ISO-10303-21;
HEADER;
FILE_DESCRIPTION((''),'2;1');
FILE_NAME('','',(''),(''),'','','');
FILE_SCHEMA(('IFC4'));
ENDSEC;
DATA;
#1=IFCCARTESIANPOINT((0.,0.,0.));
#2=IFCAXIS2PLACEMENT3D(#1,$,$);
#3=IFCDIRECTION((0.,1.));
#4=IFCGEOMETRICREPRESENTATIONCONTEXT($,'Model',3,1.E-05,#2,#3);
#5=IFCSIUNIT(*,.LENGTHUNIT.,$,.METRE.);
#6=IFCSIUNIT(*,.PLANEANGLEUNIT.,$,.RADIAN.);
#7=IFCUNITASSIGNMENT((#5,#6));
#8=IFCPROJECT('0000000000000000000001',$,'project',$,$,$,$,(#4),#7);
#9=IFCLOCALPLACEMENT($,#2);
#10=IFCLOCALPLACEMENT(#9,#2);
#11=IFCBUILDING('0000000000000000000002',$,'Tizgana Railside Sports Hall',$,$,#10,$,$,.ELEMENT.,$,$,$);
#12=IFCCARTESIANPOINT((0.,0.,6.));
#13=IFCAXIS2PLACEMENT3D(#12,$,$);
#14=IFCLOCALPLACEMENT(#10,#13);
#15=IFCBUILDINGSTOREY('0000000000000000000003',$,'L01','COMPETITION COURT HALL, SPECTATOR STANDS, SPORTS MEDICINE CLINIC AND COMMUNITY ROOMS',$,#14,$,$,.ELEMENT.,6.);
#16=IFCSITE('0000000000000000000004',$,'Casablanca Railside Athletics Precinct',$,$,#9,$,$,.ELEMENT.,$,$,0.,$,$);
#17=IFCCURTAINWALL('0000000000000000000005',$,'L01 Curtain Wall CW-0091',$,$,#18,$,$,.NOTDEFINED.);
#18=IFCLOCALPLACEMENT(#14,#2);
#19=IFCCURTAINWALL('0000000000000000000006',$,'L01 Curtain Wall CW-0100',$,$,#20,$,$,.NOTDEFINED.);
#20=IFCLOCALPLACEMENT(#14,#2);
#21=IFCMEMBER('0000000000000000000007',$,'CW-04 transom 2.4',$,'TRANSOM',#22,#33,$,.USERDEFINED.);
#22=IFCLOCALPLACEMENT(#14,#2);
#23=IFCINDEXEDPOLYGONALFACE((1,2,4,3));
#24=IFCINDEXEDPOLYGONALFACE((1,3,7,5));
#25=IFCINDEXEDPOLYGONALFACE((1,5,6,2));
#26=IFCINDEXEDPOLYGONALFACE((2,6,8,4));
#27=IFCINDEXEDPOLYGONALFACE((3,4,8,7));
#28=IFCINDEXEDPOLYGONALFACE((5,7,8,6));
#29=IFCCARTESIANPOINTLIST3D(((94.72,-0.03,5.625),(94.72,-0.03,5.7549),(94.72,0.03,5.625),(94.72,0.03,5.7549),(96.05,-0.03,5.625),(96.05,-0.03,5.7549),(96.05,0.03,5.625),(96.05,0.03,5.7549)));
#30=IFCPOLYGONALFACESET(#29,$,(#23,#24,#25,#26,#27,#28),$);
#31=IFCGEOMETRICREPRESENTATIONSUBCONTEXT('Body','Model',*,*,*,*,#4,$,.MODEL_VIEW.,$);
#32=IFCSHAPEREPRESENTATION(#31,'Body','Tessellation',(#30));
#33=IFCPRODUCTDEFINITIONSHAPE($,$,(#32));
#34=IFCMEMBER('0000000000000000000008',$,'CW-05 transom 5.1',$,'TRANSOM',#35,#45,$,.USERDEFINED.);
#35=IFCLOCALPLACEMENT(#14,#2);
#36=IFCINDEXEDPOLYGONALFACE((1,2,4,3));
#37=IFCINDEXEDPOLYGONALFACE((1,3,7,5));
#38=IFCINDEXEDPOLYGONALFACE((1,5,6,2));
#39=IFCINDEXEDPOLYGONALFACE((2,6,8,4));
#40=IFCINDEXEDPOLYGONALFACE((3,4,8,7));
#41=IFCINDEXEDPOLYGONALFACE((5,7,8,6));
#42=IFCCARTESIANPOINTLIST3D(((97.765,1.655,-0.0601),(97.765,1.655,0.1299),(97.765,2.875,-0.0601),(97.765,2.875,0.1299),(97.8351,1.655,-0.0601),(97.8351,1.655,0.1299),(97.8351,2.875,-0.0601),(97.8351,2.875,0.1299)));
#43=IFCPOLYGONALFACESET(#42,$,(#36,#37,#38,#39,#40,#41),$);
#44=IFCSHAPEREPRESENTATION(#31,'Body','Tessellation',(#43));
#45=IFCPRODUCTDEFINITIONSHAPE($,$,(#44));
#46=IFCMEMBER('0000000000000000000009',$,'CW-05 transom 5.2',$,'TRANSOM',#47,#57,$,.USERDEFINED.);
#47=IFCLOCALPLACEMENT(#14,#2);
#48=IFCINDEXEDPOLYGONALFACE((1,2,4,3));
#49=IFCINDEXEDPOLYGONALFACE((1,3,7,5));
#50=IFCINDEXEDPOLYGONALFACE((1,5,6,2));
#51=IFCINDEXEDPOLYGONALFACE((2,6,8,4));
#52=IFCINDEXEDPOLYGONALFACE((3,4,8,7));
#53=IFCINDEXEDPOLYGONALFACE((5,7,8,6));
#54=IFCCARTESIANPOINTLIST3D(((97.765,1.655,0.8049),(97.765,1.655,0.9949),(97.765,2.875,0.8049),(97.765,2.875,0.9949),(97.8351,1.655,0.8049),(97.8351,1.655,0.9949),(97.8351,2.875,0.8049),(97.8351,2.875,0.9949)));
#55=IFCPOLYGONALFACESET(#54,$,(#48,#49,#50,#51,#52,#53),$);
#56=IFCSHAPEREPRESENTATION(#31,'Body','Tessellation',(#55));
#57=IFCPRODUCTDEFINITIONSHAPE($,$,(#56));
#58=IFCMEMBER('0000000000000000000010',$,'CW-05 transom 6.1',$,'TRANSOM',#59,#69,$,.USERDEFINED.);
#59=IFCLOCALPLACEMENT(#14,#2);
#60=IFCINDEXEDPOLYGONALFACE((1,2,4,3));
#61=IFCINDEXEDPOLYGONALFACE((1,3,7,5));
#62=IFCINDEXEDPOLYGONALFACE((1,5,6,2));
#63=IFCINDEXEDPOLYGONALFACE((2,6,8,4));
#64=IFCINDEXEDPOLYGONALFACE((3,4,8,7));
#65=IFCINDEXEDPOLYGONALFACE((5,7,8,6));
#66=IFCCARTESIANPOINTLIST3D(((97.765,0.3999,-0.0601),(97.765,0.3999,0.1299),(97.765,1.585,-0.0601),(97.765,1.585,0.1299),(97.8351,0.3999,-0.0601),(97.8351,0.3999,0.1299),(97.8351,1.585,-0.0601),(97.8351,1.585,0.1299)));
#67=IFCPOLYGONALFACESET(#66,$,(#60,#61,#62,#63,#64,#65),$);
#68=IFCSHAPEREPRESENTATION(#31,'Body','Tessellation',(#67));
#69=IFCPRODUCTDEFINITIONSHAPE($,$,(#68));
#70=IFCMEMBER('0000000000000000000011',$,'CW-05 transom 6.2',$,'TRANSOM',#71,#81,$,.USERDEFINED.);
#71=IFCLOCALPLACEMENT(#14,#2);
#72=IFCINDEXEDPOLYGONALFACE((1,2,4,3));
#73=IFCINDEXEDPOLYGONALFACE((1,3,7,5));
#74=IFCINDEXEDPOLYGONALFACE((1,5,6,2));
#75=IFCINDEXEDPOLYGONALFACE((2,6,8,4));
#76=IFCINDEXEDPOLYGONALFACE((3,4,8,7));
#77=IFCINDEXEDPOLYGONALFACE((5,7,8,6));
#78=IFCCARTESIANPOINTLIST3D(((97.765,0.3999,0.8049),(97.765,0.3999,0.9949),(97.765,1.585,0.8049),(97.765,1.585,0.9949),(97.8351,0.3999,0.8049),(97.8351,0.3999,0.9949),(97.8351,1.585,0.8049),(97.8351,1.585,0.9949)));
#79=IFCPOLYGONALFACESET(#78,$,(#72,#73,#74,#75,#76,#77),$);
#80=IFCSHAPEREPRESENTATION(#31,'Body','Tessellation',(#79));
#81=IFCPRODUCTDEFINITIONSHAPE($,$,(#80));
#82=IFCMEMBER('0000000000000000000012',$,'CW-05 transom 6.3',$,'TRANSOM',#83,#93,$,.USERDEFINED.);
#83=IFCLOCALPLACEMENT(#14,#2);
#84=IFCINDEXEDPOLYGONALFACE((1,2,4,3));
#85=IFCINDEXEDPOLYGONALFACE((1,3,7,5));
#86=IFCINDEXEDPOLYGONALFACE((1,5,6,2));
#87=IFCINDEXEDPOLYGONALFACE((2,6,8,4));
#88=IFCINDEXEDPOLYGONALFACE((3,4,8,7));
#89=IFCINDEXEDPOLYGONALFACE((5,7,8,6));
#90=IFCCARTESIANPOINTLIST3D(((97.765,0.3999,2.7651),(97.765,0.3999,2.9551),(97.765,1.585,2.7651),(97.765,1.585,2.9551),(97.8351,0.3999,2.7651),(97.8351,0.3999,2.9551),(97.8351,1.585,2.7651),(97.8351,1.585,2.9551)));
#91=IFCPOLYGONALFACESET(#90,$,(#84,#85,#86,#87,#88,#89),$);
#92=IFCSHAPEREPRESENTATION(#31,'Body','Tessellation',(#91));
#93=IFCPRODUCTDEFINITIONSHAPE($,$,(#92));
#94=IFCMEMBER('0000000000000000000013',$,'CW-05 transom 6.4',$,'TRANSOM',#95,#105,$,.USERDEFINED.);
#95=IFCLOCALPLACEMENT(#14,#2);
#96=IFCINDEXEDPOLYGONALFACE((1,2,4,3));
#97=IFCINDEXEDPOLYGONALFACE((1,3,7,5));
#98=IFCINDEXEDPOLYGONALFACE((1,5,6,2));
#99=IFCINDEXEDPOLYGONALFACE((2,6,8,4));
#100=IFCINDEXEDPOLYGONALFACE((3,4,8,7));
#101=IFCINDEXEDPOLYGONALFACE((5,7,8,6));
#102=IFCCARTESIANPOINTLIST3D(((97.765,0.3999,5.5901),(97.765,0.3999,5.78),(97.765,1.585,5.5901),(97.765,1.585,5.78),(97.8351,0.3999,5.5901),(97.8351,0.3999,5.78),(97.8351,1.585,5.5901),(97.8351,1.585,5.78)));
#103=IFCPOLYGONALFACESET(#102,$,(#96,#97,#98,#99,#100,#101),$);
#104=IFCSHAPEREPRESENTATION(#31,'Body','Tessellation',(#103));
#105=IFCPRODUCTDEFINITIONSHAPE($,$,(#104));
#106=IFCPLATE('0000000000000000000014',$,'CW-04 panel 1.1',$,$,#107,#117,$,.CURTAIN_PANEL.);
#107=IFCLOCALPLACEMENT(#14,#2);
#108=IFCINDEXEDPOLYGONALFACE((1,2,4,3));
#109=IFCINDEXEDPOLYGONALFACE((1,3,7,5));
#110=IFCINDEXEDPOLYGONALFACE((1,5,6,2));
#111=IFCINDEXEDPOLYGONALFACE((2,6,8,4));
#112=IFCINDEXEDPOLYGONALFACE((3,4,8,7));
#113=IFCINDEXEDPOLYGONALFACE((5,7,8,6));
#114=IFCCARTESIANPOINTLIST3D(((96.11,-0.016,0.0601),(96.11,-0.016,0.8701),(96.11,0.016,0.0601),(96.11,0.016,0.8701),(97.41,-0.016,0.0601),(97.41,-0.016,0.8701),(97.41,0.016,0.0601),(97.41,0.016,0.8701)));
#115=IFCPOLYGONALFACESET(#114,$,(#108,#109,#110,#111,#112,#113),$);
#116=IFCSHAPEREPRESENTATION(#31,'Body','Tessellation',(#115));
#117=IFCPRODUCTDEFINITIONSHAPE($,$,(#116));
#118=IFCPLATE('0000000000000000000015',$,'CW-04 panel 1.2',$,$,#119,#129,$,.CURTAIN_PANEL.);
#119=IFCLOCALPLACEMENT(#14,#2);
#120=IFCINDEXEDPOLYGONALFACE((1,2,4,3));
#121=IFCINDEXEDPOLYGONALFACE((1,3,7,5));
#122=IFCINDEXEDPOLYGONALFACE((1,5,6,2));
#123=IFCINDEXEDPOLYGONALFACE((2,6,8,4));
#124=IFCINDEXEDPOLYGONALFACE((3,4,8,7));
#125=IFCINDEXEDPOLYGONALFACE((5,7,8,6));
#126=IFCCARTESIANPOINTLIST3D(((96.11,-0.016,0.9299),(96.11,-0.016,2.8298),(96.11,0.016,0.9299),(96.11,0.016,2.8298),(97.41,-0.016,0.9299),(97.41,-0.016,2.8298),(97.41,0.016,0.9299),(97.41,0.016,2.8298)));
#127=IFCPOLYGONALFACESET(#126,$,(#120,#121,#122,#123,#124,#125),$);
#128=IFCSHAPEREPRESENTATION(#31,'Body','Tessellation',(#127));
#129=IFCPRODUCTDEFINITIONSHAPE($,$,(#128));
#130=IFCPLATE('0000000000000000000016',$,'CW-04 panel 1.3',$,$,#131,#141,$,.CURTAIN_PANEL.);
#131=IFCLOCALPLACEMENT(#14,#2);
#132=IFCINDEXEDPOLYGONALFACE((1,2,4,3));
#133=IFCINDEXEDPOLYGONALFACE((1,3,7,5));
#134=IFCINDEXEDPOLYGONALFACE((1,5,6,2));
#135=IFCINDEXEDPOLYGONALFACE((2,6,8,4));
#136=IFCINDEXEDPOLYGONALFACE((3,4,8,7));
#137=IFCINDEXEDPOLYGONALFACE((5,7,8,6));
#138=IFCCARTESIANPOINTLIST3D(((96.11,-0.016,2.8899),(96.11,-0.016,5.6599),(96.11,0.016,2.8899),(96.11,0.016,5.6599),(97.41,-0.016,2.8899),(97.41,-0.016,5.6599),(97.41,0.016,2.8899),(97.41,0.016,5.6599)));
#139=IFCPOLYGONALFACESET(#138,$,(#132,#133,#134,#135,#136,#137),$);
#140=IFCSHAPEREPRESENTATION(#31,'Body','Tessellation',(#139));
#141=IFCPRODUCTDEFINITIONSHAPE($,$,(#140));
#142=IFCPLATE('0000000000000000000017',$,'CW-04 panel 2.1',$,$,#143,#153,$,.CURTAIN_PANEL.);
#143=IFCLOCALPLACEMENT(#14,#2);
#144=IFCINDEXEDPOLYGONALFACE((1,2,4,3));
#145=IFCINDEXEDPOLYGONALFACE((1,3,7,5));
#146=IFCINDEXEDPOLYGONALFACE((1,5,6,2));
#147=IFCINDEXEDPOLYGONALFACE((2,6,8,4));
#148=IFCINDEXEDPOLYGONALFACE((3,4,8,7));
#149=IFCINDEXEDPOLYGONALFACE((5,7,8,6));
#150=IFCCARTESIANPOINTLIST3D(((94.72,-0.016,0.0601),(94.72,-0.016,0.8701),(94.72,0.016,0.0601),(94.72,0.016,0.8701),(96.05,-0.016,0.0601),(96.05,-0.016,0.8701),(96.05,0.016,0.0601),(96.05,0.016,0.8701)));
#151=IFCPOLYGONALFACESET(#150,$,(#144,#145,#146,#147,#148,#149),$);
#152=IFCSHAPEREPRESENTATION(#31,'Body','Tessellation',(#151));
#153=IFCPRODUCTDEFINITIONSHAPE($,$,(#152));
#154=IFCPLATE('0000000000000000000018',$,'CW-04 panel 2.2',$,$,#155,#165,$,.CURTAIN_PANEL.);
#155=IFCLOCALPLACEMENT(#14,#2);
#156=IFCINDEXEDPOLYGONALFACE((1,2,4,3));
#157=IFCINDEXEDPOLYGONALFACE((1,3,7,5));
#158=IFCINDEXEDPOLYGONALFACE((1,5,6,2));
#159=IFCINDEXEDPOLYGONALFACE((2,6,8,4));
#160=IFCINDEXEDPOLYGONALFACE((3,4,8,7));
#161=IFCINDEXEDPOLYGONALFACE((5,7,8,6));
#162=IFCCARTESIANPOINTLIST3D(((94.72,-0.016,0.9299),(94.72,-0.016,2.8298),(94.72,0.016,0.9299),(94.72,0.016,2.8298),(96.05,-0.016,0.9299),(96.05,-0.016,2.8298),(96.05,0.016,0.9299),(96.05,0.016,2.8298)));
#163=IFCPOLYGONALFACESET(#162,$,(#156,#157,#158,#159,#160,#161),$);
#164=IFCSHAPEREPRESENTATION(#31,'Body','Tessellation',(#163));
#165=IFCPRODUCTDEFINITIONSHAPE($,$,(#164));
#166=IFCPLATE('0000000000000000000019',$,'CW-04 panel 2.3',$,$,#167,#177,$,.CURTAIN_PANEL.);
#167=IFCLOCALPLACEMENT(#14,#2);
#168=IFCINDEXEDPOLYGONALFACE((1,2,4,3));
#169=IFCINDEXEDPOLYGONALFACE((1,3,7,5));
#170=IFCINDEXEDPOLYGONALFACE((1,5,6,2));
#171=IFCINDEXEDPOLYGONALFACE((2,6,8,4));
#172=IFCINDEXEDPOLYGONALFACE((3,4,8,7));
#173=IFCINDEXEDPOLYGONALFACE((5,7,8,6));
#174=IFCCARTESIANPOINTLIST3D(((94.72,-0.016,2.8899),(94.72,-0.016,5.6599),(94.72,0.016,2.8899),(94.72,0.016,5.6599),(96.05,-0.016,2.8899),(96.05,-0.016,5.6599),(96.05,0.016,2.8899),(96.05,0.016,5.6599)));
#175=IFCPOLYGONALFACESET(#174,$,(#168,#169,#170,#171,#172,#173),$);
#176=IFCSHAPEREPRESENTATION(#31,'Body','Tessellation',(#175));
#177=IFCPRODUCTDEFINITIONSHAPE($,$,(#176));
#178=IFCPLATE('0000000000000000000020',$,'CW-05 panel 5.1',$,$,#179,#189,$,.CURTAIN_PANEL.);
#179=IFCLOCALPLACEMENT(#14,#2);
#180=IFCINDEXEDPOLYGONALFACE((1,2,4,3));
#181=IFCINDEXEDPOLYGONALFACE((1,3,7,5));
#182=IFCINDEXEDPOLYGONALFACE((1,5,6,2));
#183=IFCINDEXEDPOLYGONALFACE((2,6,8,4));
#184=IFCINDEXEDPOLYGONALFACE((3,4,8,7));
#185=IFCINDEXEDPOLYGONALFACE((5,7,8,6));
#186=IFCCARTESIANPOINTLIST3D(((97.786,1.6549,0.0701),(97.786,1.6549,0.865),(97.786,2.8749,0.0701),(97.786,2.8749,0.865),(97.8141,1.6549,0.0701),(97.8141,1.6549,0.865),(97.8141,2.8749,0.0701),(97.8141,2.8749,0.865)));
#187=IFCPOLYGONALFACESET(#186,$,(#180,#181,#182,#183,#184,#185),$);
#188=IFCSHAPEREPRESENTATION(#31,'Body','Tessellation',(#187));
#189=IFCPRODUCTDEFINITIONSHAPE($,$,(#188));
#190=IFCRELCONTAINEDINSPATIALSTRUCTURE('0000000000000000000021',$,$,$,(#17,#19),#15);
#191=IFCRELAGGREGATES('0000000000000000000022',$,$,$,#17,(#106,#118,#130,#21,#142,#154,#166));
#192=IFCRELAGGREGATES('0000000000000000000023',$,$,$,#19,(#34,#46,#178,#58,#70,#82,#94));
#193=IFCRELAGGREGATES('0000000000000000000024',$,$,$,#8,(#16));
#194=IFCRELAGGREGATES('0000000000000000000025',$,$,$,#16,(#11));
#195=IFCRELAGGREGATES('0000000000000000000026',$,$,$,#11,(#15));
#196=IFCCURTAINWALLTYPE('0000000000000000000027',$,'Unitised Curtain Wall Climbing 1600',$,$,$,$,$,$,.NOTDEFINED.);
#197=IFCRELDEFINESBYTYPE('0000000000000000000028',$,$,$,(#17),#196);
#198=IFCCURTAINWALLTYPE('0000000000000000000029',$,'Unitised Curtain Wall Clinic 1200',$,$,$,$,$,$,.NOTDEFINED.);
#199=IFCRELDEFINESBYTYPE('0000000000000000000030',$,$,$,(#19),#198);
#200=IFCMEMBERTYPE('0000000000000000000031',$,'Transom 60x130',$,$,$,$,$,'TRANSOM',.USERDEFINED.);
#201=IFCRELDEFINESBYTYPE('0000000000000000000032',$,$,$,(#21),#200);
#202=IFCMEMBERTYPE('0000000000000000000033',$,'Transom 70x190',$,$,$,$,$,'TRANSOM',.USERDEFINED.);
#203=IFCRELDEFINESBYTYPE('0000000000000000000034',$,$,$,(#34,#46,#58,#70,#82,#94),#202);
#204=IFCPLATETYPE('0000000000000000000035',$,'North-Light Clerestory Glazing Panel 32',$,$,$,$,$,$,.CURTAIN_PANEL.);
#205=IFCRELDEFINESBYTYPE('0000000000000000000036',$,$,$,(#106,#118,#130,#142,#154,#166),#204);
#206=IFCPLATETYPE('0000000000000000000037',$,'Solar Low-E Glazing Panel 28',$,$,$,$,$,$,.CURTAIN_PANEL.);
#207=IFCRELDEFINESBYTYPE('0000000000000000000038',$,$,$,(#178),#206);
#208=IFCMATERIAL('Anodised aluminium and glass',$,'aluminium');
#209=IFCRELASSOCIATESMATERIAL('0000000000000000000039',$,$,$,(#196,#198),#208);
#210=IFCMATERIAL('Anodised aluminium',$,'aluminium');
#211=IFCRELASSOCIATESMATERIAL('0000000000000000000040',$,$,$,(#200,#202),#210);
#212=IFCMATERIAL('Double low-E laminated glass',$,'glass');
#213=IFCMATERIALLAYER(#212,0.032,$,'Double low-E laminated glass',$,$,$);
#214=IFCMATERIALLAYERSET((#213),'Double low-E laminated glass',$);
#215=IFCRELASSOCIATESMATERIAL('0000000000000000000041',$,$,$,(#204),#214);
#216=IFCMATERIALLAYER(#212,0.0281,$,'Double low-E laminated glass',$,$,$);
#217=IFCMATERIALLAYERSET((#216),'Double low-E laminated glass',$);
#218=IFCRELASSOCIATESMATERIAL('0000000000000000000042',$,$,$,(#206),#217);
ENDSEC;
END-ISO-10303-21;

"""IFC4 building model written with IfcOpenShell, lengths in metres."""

from ifc_helpers import new_model, si_unit, direction, frame, origin, origin_2d, place, context, subcontext, project, spatial, rectangle, extrude, material, layer, layer_set, material_profile, profile_set, type_object, element, aggregate, save


model = new_model("IFC4")

# Units and contexts
model_context = context("Model", 3, precision=1e-05, world=origin(), true_north=direction((0.0, 1.0)))
body_context = subcontext(model_context, "Body", "Model", "MODEL_VIEW")
ifc_project = project(units=[si_unit("LENGTHUNIT", "METRE"), si_unit("PLANEANGLEUNIT", "RADIAN")], contexts=[model_context])

# Site, building, storey
site_placement = place(None, origin())
site = spatial("IfcSite", under=ifc_project, at=site_placement, Name="Casablanca Railside Athletics Precinct", CompositionType="ELEMENT", RefElevation=0.0)
building_placement = place(site_placement, origin())
building = spatial("IfcBuilding", under=site, at=building_placement, Name="Tizgana Railside Sports Hall", CompositionType="ELEMENT")
storey_placement = place(building_placement, frame((0.0, 0.0, 6.0)))
storey = spatial("IfcBuildingStorey", under=building, at=storey_placement, Name="L01", Description="COMPETITION COURT HALL, SPECTATOR STANDS, SPORTS MEDICINE CLINIC AND COMMUNITY ROOMS", CompositionType="ELEMENT", Elevation=6.0)

# Curtain walls
ifc_material_1 = material(Name="Anodised aluminium and glass", Category="aluminium")
curtain_wall_type_1 = type_object("IfcCurtainWallType", Name="Unitised Curtain Wall Climbing 1600", PredefinedType="NOTDEFINED", material=ifc_material_1)
curtain_wall_1_placement = place(storey_placement, origin())
curtain_wall_1 = element("IfcCurtainWall", 1, at=curtain_wall_1_placement, inside=storey, type_object=curtain_wall_type_1, Name="L01 Curtain Wall CW-0091", PredefinedType="NOTDEFINED")
ifc_material_2 = material(Name="Anodised aluminium", Category="aluminium")
curtain_wall_type_2 = type_object("IfcCurtainWallType", Name="Unitised Curtain Wall Clinic 1200", PredefinedType="NOTDEFINED", material=ifc_material_1)
curtain_wall_2_placement = place(storey_placement, origin())
curtain_wall_2 = element("IfcCurtainWall", 2, at=curtain_wall_2_placement, inside=storey, type_object=curtain_wall_type_2, Name="L01 Curtain Wall CW-0100", PredefinedType="NOTDEFINED")

# Members
ifc_material_profile_1 = material_profile(ifc_material_2, rectangle(XDim=0.0601, YDim=0.1299, at=origin_2d()), Name="Transom 60x130")
ifc_profile_set_1 = profile_set([ifc_material_profile_1], Name="Anodised aluminium")
member_type_1 = type_object("IfcMemberType", Name="Transom 60x130", ElementType="TRANSOM", PredefinedType="USERDEFINED", material=ifc_profile_set_1)
member_1_placement = place(storey_placement, frame((96.05, 0.0, 5.6899), z_axis=(-1.0, 0.0, 0.0), x_axis=(0.0, -1.0, 0.0)))
member_1 = element("IfcMember", 3, at=member_1_placement, type_object=member_type_1, Name="CW-04 transom 2.4", ObjectType="TRANSOM", PredefinedType="USERDEFINED", context=body_context, shape_type="SweptSolid", body=[
    extrude(rectangle(XDim=0.0601, YDim=0.1299, at=origin_2d()), origin(), (0.0, 0.0, 1.0), 1.3301),
])
ifc_material_profile_2 = material_profile(ifc_material_2, rectangle(XDim=0.0701, YDim=0.1899, at=origin_2d()), Name="Transom 70x190")
ifc_profile_set_2 = profile_set([ifc_material_profile_2], Name="Anodised aluminium")
member_type_2 = type_object("IfcMemberType", Name="Transom 70x190", ElementType="TRANSOM", PredefinedType="USERDEFINED", material=ifc_profile_set_2)
member_2_placement = place(storey_placement, frame((97.8, 2.875, 0.0349), z_axis=(0.0, -1.0, 0.0), x_axis=(1.0, 0.0, 0.0)))
member_2 = element("IfcMember", 4, at=member_2_placement, type_object=member_type_2, Name="CW-05 transom 5.1", ObjectType="TRANSOM", PredefinedType="USERDEFINED", context=body_context, shape_type="SweptSolid", body=[
    extrude(rectangle(XDim=0.0701, YDim=0.1899, at=origin_2d()), origin(), (0.0, 0.0, 1.0), 1.22),
])
member_3_placement = place(storey_placement, frame((97.8, 2.875, 0.8999), z_axis=(0.0, -1.0, 0.0), x_axis=(1.0, 0.0, 0.0)))
member_3 = element("IfcMember", 5, at=member_3_placement, type_object=member_type_2, Name="CW-05 transom 5.2", ObjectType="TRANSOM", PredefinedType="USERDEFINED", context=body_context, shape_type="SweptSolid", body=[
    extrude(rectangle(XDim=0.0701, YDim=0.1899, at=origin_2d()), origin(), (0.0, 0.0, 1.0), 1.22),
])
member_4_placement = place(storey_placement, frame((97.8, 1.585, 0.0349), z_axis=(0.0, -1.0, 0.0), x_axis=(1.0, 0.0, 0.0)))
member_4 = element("IfcMember", 6, at=member_4_placement, type_object=member_type_2, Name="CW-05 transom 6.1", ObjectType="TRANSOM", PredefinedType="USERDEFINED", context=body_context, shape_type="SweptSolid", body=[
    extrude(rectangle(XDim=0.0701, YDim=0.1899, at=origin_2d()), origin(), (0.0, 0.0, 1.0), 1.1851),
])
member_5_placement = place(storey_placement, frame((97.8, 1.585, 0.8999), z_axis=(0.0, -1.0, 0.0), x_axis=(1.0, 0.0, 0.0)))
member_5 = element("IfcMember", 7, at=member_5_placement, type_object=member_type_2, Name="CW-05 transom 6.2", ObjectType="TRANSOM", PredefinedType="USERDEFINED", context=body_context, shape_type="SweptSolid", body=[
    extrude(rectangle(XDim=0.0701, YDim=0.1899, at=origin_2d()), origin(), (0.0, 0.0, 1.0), 1.1851),
])
member_6_placement = place(storey_placement, frame((97.8, 1.585, 2.8601), z_axis=(0.0, -1.0, 0.0), x_axis=(1.0, 0.0, 0.0)))
member_6 = element("IfcMember", 8, at=member_6_placement, type_object=member_type_2, Name="CW-05 transom 6.3", ObjectType="TRANSOM", PredefinedType="USERDEFINED", context=body_context, shape_type="SweptSolid", body=[
    extrude(rectangle(XDim=0.0701, YDim=0.1899, at=origin_2d()), origin(), (0.0, 0.0, 1.0), 1.1851),
])
member_7_placement = place(storey_placement, frame((97.8, 1.585, 5.6851), z_axis=(0.0, -1.0, 0.0), x_axis=(1.0, 0.0, 0.0)))
member_7 = element("IfcMember", 9, at=member_7_placement, type_object=member_type_2, Name="CW-05 transom 6.4", ObjectType="TRANSOM", PredefinedType="USERDEFINED", context=body_context, shape_type="SweptSolid", body=[
    extrude(rectangle(XDim=0.0701, YDim=0.1899, at=origin_2d()), origin(), (0.0, 0.0, 1.0), 1.1851),
])

# Plates
ifc_material_3 = material(Name="Double low-E laminated glass", Category="glass")
ifc_layer_1 = layer(ifc_material_3, 0.032, Name="Double low-E laminated glass")
ifc_layer_set_1 = layer_set([ifc_layer_1], Name="Double low-E laminated glass")
plate_type_1 = type_object("IfcPlateType", Name="North-Light Clerestory Glazing Panel 32", PredefinedType="CURTAIN_PANEL", material=ifc_layer_set_1)
plate_1_placement = place(storey_placement, frame((96.76, 0.0, 0.0601), z_axis=(0.0, 0.0, 1.0), x_axis=(-1.0, 0.0, 0.0)))
plate_1 = element("IfcPlate", 10, at=plate_1_placement, type_object=plate_type_1, Name="CW-04 panel 1.1", PredefinedType="CURTAIN_PANEL", context=body_context, shape_type="SweptSolid", body=[
    extrude(rectangle(XDim=1.3, YDim=0.032, at=origin_2d()), origin(), (0.0, 0.0, 1.0), 0.8101),
])
plate_2_placement = place(storey_placement, frame((96.76, 0.0, 0.9299), z_axis=(0.0, 0.0, 1.0), x_axis=(-1.0, 0.0, 0.0)))
plate_2 = element("IfcPlate", 11, at=plate_2_placement, type_object=plate_type_1, Name="CW-04 panel 1.2", PredefinedType="CURTAIN_PANEL", context=body_context, shape_type="SweptSolid", body=[
    extrude(rectangle(XDim=1.3, YDim=0.032, at=origin_2d()), origin(), (0.0, 0.0, 1.0), 1.8999),
])
plate_3_placement = place(storey_placement, frame((96.76, 0.0, 2.8899), z_axis=(0.0, 0.0, 1.0), x_axis=(-1.0, 0.0, 0.0)))
plate_3 = element("IfcPlate", 12, at=plate_3_placement, type_object=plate_type_1, Name="CW-04 panel 1.3", PredefinedType="CURTAIN_PANEL", context=body_context, shape_type="SweptSolid", body=[
    extrude(rectangle(XDim=1.3, YDim=0.032, at=origin_2d()), origin(), (0.0, 0.0, 1.0), 2.77),
])
plate_4_placement = place(storey_placement, frame((95.385, 0.0, 0.0601), z_axis=(0.0, 0.0, 1.0), x_axis=(-1.0, 0.0, 0.0)))
plate_4 = element("IfcPlate", 13, at=plate_4_placement, type_object=plate_type_1, Name="CW-04 panel 2.1", PredefinedType="CURTAIN_PANEL", context=body_context, shape_type="SweptSolid", body=[
    extrude(rectangle(XDim=1.3301, YDim=0.032, at=origin_2d()), origin(), (0.0, 0.0, 1.0), 0.8101),
])
plate_5_placement = place(storey_placement, frame((95.385, 0.0, 0.9299), z_axis=(0.0, 0.0, 1.0), x_axis=(-1.0, 0.0, 0.0)))
plate_5 = element("IfcPlate", 14, at=plate_5_placement, type_object=plate_type_1, Name="CW-04 panel 2.2", PredefinedType="CURTAIN_PANEL", context=body_context, shape_type="SweptSolid", body=[
    extrude(rectangle(XDim=1.3301, YDim=0.032, at=origin_2d()), origin(), (0.0, 0.0, 1.0), 1.8999),
])
plate_6_placement = place(storey_placement, frame((95.385, 0.0, 2.8899), z_axis=(0.0, 0.0, 1.0), x_axis=(-1.0, 0.0, 0.0)))
plate_6 = element("IfcPlate", 15, at=plate_6_placement, type_object=plate_type_1, Name="CW-04 panel 2.3", PredefinedType="CURTAIN_PANEL", context=body_context, shape_type="SweptSolid", body=[
    extrude(rectangle(XDim=1.3301, YDim=0.032, at=origin_2d()), origin(), (0.0, 0.0, 1.0), 2.77),
])
aggregate(curtain_wall_1, [plate_1, plate_2, plate_3, member_1, plate_4, plate_5, plate_6])
ifc_layer_2 = layer(ifc_material_3, 0.0281, Name="Double low-E laminated glass")
ifc_layer_set_2 = layer_set([ifc_layer_2], Name="Double low-E laminated glass")
plate_type_2 = type_object("IfcPlateType", Name="Solar Low-E Glazing Panel 28", PredefinedType="CURTAIN_PANEL", material=ifc_layer_set_2)
plate_7_placement = place(storey_placement, frame((97.8, 2.2649, 0.0701), z_axis=(0.0, 0.0, 1.0), x_axis=(0.0, -1.0, 0.0)))
plate_7 = element("IfcPlate", 16, at=plate_7_placement, type_object=plate_type_2, Name="CW-05 panel 5.1", PredefinedType="CURTAIN_PANEL", context=body_context, shape_type="SweptSolid", body=[
    extrude(rectangle(XDim=1.22, YDim=0.0281, at=origin_2d()), origin(), (0.0, 0.0, 1.0), 0.7949),
])
aggregate(curtain_wall_2, [member_2, member_3, plate_7, member_4, member_5, member_6, member_7])

save(model, "model.ifc")
